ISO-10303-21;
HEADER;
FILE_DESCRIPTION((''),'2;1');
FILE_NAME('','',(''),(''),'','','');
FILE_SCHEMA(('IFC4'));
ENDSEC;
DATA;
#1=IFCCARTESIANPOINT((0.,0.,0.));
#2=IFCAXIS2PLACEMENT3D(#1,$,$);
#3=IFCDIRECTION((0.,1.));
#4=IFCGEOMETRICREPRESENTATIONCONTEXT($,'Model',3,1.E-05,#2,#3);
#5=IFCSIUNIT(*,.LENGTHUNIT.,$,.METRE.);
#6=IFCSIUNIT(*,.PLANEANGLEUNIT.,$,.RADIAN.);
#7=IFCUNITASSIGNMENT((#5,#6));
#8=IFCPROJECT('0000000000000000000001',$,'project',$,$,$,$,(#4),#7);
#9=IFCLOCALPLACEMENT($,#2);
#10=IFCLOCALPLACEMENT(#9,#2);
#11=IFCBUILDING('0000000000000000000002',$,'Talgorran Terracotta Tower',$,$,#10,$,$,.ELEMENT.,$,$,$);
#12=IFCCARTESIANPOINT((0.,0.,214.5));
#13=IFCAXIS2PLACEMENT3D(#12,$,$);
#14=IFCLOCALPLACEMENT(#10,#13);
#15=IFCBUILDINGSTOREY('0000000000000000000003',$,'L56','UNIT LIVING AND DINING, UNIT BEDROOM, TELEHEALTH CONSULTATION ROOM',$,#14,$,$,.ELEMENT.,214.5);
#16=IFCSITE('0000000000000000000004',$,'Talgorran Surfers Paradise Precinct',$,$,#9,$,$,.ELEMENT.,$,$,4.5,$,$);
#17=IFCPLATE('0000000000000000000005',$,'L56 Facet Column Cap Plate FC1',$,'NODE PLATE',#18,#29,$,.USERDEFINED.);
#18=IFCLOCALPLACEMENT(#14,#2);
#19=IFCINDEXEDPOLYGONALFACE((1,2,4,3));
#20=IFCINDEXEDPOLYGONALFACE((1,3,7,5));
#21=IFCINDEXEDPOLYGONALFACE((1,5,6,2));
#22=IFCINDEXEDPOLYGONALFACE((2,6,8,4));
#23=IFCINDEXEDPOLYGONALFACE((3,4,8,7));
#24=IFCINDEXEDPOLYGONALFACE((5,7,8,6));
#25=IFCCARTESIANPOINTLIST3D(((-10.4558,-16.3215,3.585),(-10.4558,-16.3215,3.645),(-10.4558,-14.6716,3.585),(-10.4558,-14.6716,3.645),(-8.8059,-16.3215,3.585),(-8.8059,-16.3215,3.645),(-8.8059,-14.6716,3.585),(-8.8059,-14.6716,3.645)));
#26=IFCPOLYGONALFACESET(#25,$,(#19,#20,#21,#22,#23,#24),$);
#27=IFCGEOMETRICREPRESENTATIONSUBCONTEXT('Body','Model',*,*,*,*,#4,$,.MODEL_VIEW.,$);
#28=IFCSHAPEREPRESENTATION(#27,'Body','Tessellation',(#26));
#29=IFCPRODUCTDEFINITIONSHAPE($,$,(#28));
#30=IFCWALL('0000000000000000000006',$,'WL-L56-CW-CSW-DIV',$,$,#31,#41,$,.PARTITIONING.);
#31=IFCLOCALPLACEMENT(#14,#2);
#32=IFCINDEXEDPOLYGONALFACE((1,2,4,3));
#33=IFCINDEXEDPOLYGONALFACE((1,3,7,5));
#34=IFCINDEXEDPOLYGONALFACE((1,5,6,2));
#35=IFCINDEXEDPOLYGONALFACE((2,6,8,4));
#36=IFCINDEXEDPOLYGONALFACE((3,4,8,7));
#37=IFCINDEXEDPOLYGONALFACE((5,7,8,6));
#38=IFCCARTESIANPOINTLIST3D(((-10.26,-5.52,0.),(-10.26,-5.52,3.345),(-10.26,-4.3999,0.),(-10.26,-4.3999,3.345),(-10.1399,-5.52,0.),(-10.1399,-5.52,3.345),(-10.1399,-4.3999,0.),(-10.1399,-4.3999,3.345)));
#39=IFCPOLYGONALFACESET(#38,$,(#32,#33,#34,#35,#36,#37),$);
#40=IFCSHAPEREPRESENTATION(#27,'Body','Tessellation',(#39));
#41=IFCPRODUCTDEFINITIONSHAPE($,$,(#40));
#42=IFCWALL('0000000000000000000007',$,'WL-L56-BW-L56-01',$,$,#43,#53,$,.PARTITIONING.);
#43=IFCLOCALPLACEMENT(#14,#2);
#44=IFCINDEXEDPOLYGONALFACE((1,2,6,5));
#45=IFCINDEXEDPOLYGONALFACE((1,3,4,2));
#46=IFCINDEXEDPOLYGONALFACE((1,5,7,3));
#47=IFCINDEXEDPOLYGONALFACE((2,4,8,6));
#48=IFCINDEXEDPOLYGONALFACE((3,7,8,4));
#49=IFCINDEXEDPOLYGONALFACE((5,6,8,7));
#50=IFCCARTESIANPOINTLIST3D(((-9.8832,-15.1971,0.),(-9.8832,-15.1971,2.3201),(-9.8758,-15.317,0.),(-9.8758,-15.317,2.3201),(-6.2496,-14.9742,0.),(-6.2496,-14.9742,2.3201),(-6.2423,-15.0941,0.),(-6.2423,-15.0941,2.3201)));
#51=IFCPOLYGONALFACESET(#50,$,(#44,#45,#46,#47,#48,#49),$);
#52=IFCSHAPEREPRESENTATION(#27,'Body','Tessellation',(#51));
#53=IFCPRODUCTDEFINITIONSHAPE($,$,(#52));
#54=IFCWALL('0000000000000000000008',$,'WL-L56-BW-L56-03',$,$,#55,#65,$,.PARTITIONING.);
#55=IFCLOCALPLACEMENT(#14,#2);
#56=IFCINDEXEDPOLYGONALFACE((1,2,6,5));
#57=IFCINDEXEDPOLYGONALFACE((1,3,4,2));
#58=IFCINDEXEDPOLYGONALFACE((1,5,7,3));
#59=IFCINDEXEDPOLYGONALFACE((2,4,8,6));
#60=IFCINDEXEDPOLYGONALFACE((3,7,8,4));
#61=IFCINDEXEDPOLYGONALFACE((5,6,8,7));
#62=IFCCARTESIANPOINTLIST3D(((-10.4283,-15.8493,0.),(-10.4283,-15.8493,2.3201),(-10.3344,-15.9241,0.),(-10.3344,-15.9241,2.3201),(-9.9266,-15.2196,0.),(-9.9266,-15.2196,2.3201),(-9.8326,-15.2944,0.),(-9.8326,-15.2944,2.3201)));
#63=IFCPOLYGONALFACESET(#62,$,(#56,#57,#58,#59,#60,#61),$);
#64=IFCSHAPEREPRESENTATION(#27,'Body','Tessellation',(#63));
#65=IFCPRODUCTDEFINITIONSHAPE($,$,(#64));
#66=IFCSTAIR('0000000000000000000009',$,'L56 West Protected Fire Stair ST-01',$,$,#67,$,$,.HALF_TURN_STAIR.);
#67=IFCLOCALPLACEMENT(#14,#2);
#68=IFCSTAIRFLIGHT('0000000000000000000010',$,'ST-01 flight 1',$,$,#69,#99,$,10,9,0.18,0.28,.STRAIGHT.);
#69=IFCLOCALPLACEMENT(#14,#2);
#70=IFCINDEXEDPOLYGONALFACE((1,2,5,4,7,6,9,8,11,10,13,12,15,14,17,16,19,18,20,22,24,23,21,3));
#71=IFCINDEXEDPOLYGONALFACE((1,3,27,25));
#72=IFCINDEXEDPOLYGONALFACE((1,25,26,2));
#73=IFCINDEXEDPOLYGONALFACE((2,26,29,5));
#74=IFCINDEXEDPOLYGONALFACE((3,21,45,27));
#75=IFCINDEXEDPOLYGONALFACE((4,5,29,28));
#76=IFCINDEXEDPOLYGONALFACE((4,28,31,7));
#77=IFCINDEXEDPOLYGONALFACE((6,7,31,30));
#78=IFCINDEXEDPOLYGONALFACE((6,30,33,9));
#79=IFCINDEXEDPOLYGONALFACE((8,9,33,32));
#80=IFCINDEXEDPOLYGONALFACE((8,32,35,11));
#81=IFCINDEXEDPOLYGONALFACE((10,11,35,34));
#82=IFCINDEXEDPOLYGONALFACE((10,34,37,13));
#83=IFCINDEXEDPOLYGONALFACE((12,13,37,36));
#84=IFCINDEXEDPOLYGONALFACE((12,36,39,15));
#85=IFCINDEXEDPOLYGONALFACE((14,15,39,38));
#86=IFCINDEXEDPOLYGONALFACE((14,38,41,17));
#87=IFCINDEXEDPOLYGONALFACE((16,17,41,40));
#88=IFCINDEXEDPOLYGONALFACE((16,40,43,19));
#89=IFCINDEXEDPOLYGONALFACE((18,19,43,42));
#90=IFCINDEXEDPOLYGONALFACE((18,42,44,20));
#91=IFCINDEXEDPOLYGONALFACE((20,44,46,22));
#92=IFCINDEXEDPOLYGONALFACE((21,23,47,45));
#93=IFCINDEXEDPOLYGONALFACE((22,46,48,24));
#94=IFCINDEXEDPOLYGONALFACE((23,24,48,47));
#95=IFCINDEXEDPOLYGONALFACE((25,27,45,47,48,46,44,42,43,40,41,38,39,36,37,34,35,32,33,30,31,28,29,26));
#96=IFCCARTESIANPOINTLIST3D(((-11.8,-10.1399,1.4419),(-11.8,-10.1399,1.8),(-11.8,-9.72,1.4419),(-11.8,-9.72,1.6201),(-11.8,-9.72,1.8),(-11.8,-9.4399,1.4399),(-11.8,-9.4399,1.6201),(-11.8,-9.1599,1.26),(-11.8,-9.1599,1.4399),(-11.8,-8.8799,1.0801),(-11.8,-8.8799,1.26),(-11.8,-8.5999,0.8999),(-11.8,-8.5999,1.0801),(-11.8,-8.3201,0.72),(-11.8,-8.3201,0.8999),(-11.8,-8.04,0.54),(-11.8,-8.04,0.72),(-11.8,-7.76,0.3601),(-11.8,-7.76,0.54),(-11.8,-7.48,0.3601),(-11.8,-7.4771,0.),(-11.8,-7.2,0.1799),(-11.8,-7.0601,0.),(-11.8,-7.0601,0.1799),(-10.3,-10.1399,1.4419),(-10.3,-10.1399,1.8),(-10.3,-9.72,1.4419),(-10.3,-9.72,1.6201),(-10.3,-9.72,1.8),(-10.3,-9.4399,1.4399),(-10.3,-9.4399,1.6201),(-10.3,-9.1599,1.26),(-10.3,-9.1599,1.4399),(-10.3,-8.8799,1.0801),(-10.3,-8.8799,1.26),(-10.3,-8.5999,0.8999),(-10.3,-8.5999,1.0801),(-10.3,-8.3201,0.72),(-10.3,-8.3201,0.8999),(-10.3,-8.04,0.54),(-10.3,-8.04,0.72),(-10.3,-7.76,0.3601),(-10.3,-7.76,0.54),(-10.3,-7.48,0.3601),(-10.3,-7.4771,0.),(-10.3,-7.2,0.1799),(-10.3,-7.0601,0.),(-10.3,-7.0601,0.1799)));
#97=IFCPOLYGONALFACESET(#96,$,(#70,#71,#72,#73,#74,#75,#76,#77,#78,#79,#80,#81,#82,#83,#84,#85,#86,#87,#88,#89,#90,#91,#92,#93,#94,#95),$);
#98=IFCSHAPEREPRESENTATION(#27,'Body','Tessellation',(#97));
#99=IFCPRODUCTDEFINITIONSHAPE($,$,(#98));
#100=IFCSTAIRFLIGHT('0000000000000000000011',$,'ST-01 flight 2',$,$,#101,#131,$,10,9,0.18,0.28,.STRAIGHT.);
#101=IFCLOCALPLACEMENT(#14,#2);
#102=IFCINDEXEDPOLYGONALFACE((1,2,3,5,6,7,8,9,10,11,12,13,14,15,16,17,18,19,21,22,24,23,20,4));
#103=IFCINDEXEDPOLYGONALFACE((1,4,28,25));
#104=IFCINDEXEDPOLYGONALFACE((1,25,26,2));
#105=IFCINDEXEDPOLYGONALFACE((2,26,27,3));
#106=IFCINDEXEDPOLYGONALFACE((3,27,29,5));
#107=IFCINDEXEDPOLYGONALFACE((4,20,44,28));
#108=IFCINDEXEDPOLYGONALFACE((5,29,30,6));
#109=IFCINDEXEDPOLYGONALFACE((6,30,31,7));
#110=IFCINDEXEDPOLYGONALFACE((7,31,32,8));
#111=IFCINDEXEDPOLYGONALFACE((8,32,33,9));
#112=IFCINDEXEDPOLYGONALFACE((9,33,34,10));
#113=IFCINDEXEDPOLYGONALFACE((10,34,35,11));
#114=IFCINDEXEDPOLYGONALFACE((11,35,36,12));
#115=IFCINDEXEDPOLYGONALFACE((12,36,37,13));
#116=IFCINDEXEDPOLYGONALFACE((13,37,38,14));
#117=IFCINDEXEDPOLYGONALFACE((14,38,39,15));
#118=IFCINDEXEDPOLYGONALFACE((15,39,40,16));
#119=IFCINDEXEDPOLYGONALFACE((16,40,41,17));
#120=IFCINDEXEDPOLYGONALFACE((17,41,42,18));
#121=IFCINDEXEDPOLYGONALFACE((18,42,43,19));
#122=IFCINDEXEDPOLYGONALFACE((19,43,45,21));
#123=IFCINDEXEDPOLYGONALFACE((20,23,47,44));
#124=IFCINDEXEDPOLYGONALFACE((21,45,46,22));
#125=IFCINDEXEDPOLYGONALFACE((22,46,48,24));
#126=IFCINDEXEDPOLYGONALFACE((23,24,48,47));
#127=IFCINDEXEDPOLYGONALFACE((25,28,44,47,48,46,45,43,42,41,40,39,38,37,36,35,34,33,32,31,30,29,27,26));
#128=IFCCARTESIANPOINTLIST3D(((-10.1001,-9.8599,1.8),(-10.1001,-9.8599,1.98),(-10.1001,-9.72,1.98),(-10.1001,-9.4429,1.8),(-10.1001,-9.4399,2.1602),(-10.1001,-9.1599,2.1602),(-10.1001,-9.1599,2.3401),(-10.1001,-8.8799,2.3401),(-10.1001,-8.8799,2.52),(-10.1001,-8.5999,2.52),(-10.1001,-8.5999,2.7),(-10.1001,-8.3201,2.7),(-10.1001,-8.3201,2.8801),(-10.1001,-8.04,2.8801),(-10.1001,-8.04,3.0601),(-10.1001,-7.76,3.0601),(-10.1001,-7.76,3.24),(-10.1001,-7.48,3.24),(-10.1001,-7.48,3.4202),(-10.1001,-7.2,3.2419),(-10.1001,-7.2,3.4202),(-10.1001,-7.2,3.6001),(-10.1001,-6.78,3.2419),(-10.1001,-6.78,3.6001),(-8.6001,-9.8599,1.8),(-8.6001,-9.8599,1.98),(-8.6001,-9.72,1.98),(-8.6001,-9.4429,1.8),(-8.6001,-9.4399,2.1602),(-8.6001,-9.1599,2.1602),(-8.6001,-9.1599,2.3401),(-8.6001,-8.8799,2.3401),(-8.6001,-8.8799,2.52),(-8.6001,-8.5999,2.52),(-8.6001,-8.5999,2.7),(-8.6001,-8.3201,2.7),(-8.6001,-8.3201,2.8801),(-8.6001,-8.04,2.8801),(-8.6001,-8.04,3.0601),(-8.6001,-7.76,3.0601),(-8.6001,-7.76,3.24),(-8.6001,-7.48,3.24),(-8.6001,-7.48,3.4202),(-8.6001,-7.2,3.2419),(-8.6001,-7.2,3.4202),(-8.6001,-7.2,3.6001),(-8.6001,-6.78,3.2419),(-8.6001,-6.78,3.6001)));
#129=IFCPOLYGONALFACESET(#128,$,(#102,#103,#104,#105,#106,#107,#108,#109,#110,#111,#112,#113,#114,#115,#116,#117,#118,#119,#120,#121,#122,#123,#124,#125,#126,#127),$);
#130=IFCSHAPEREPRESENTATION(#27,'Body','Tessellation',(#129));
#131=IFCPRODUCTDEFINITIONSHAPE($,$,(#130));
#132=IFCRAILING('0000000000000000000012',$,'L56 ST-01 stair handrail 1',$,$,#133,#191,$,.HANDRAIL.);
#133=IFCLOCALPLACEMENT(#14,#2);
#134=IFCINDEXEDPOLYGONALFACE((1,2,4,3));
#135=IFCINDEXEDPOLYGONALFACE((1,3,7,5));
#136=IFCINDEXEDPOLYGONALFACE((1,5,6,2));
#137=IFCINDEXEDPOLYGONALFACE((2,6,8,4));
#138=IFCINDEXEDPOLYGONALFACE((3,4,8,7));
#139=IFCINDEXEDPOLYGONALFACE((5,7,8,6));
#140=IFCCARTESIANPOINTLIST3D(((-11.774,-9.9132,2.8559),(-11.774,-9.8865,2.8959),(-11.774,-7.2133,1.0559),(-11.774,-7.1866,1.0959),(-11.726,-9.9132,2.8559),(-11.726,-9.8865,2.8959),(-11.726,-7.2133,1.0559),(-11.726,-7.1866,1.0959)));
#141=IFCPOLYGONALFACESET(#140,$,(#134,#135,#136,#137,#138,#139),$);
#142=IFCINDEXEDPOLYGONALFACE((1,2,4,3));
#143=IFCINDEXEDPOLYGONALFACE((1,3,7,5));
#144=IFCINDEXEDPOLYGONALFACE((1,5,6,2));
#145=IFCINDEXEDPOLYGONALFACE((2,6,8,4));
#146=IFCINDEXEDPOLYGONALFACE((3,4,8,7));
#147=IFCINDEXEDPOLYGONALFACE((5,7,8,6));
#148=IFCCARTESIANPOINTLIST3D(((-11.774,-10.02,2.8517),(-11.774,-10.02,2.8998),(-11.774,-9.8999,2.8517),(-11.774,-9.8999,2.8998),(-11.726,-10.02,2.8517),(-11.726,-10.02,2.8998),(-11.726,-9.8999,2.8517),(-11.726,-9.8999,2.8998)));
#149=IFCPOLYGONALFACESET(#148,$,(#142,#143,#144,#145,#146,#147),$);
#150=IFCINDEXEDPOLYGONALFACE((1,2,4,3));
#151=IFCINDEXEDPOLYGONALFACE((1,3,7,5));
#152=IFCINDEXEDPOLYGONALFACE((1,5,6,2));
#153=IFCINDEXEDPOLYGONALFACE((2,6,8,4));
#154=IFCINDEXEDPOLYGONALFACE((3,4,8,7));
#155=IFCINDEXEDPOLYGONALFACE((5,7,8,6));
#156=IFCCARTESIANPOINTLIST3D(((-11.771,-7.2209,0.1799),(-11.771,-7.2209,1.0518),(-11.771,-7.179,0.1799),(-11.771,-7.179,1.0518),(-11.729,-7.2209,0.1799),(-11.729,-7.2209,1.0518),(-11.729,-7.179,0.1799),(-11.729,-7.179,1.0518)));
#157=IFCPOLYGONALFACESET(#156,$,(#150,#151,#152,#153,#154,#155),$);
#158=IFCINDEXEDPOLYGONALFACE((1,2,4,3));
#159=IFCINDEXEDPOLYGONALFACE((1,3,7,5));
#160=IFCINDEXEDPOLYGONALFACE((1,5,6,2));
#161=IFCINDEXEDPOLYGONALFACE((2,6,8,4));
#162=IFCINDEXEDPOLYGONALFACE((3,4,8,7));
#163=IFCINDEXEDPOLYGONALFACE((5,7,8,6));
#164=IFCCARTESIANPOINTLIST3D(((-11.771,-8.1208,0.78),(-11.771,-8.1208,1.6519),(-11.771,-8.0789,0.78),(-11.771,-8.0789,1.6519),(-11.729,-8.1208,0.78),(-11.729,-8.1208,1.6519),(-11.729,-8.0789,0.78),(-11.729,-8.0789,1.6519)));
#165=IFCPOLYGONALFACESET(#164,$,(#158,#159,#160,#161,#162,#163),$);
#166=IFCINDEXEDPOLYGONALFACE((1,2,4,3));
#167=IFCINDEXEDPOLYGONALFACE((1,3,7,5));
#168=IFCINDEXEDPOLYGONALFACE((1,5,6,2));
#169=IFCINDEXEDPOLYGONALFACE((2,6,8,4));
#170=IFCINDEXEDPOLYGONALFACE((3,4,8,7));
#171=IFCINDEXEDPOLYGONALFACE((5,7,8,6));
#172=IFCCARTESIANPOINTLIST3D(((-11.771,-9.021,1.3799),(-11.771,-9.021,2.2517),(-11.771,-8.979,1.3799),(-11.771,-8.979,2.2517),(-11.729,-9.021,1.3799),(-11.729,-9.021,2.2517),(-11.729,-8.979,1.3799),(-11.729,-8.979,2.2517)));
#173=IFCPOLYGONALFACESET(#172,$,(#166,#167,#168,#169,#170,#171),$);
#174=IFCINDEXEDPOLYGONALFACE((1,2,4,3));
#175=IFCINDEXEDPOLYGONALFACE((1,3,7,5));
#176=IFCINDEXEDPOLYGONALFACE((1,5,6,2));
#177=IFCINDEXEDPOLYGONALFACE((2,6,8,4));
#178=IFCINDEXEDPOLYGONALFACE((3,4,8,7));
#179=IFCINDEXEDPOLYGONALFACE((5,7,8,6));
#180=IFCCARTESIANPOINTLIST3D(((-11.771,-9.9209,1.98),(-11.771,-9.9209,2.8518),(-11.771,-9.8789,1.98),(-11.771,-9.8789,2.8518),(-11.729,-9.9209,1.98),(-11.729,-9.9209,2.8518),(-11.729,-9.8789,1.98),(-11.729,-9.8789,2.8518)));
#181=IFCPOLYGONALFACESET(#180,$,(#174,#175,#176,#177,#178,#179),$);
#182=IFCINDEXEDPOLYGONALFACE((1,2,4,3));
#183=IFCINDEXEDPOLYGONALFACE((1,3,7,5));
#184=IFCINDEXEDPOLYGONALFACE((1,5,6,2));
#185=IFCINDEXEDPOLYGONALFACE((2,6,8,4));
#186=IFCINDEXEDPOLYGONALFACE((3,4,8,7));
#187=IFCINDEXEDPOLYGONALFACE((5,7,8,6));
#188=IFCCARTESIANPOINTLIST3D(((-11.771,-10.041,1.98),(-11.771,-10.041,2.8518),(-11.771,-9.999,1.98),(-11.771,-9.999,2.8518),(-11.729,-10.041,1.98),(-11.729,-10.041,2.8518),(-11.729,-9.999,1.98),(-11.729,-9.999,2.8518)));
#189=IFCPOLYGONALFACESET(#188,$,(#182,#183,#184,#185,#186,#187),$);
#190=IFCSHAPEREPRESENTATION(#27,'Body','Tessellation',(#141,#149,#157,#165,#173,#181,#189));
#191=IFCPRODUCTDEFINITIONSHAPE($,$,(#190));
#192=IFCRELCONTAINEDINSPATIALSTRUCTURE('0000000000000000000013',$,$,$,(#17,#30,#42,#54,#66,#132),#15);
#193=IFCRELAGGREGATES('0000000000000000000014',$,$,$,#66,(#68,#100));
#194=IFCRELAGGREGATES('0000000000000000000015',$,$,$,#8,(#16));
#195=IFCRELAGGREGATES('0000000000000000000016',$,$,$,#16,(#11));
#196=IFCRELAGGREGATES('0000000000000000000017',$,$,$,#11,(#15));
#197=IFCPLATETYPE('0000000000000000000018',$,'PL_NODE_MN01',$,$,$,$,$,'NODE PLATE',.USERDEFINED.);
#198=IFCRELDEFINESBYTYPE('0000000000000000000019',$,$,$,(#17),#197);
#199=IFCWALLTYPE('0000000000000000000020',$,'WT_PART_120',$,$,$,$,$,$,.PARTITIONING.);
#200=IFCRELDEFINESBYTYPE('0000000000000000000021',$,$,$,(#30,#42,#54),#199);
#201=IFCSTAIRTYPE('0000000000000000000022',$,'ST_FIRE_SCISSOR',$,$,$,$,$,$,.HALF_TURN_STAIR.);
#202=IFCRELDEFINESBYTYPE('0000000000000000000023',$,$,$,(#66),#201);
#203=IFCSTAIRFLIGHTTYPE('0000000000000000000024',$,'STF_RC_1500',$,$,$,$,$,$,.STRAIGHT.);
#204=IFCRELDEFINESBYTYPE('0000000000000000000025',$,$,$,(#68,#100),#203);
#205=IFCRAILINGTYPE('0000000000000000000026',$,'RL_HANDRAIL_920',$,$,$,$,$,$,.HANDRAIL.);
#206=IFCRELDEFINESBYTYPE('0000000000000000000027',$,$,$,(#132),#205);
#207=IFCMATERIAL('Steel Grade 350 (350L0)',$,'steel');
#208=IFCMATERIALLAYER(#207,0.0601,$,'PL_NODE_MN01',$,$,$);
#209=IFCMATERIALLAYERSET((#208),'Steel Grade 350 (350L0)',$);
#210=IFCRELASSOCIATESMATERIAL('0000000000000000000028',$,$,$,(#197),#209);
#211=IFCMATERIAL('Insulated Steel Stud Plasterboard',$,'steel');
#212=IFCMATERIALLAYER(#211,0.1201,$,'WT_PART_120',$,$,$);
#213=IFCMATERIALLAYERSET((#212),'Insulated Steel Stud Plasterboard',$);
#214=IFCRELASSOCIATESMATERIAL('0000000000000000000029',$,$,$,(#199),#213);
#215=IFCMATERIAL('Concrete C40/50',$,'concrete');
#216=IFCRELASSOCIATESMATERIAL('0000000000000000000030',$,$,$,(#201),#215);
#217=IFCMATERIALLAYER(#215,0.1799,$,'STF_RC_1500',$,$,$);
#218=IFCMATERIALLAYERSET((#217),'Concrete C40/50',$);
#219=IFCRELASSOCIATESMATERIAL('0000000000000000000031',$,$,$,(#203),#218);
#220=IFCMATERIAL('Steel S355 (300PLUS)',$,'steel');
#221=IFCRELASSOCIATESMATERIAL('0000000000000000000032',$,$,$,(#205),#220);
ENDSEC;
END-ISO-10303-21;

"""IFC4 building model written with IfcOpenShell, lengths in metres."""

from ifc_helpers import new_model, si_unit, direction, frame, frame_2d, origin, origin_2d, place, context, subcontext, project, spatial, polyline, rectangle, outline, extrude, material, layer, layer_set, type_object, element, aggregate, save


model = new_model("IFC4")

# Units and contexts
model_context = context("Model", 3, precision=1e-05, world=origin(), true_north=direction((0.0, 1.0)))
body_context = subcontext(model_context, "Body", "Model", "MODEL_VIEW")
ifc_project = project(units=[si_unit("LENGTHUNIT", "METRE"), si_unit("PLANEANGLEUNIT", "RADIAN")], contexts=[model_context])

# Site, building, storey
site_placement = place(None, origin())
site = spatial("IfcSite", under=ifc_project, at=site_placement, Name="Talgorran Surfers Paradise Precinct", CompositionType="ELEMENT", RefElevation=4.5)
building_placement = place(site_placement, origin())
building = spatial("IfcBuilding", under=site, at=building_placement, Name="Talgorran Terracotta Tower", CompositionType="ELEMENT")
storey_placement = place(building_placement, frame((0.0, 0.0, 214.5)))
storey = spatial("IfcBuildingStorey", under=building, at=storey_placement, Name="L56", Description="UNIT LIVING AND DINING, UNIT BEDROOM, TELEHEALTH CONSULTATION ROOM", CompositionType="ELEMENT", Elevation=214.5)

# Shared definitions
ifc_material_1 = material(Name="Steel Grade 350 (350L0)", Category="steel")

# Shared definitions
ifc_material_2 = material(Name="Steel S355 (300PLUS)", Category="steel")

# Plate
ifc_layer_1 = layer(ifc_material_1, 0.0601, Name="PL_NODE_MN01")
ifc_layer_set_1 = layer_set([ifc_layer_1], Name="Steel Grade 350 (350L0)")
plate_type_1 = type_object("IfcPlateType", Name="PL_NODE_MN01", ElementType="NODE PLATE", PredefinedType="USERDEFINED", material=ifc_layer_set_1)
plate_1_placement = place(storey_placement, frame((-9.6309, -15.4966, 3.585), z_axis=(0.0, 0.0, 1.0), x_axis=(1.0, 0.0, 0.0)))
element("IfcPlate", 1, at=plate_1_placement, inside=storey, type_object=plate_type_1, Name="L56 Facet Column Cap Plate FC1", ObjectType="NODE PLATE", PredefinedType="USERDEFINED", context=body_context, shape_type="SweptSolid", body=[
    extrude(rectangle(XDim=1.6499, YDim=1.6499, at=origin_2d()), origin(), (0.0, 0.0, 1.0), 0.0601),
])

# Walls
ifc_material_3 = material(Name="Insulated Steel Stud Plasterboard", Category="steel")
ifc_layer_2 = layer(ifc_material_3, 0.1201, Name="WT_PART_120")
ifc_layer_set_2 = layer_set([ifc_layer_2], Name="Insulated Steel Stud Plasterboard")
wall_type = type_object("IfcWallType", Name="WT_PART_120", PredefinedType="PARTITIONING", material=ifc_layer_set_2)
wall_1_placement = place(storey_placement, frame((-10.2, -5.52, 0.0), z_axis=(0.0, 0.0, 1.0), x_axis=(0.0, 1.0, 0.0)))
element("IfcWall", 2, at=wall_1_placement, inside=storey, type_object=wall_type, Name="WL-L56-CW-CSW-DIV", PredefinedType="PARTITIONING", context=body_context, shape_type="SweptSolid", body=[
    extrude(rectangle(XDim=1.1201, YDim=0.1201, at=frame_2d((0.5601, 0.0))), origin(), (0.0, 0.0, 1.0), 3.345),
])
wall_2_placement = place(storey_placement, frame((-9.8796, -15.2571, 0.0), z_axis=(0.0, 0.0, 1.0), x_axis=(0.998124, 0.06123, 0.0)))
element("IfcWall", 3, at=wall_2_placement, inside=storey, type_object=wall_type, Name="WL-L56-BW-L56-01", PredefinedType="PARTITIONING", context=body_context, shape_type="SweptSolid", body=[
    extrude(rectangle(XDim=3.6404, YDim=0.1201, at=frame_2d((1.8203, 0.0))), origin(), (0.0, 0.0, 1.0), 2.3201),
])
wall_3_placement = place(storey_placement, frame((-10.3813, -15.8867, 0.0), z_axis=(0.0, 0.0, 1.0), x_axis=(0.623178, 0.78208, 0.0)))
element("IfcWall", 4, at=wall_3_placement, inside=storey, type_object=wall_type, Name="WL-L56-BW-L56-03", PredefinedType="PARTITIONING", context=body_context, shape_type="SweptSolid", body=[
    extrude(rectangle(XDim=0.8052, YDim=0.1201, at=frame_2d((0.4026, 0.0))), origin(), (0.0, 0.0, 1.0), 2.3201),
])

# Stair, stair flights
ifc_material_4 = material(Name="Concrete C40/50", Category="concrete")
stair_type = type_object("IfcStairType", Name="ST_FIRE_SCISSOR", PredefinedType="HALF_TURN_STAIR", material=ifc_material_4)
stair_placement = place(storey_placement, origin())
stair = element("IfcStair", 5, at=stair_placement, inside=storey, type_object=stair_type, Name="L56 West Protected Fire Stair ST-01", PredefinedType="HALF_TURN_STAIR")
ifc_layer_3 = layer(ifc_material_4, 0.1799, Name="STF_RC_1500")
ifc_layer_set_3 = layer_set([ifc_layer_3], Name="Concrete C40/50")
stair_flight_type = type_object("IfcStairFlightType", Name="STF_RC_1500", PredefinedType="STRAIGHT", material=ifc_layer_set_3)
stair_flight_1_placement = place(storey_placement, frame((-11.05, -7.2, 0.0), z_axis=(0.0, 0.0, 1.0), x_axis=(0.0, -1.0, 0.0)))
stair_flight_1 = element("IfcStairFlight", 6, at=stair_flight_1_placement, type_object=stair_flight_type, Name="ST-01 flight 1", NumberOfRisers=10, NumberOfTreads=9, PredefinedType="STRAIGHT", RiserHeight=0.18, TreadLength=0.28, context=body_context, shape_type="SweptSolid", body=[
    extrude(outline(polyline([(-0.1399, 0.0), (-0.1399, 0.1799), (0.0, 0.1799), (0.28, 0.3601), (0.5601, 0.3601), (0.5601, 0.54), (0.8401, 0.54), (0.8401, 0.72), (1.1201, 0.72), (1.1201, 0.8999), (1.3999, 0.8999), (1.3999, 1.0801), (1.6799, 1.0801), (1.6799, 1.26), (1.96, 1.26), (1.96, 1.4399), (2.24, 1.4399), (2.24, 1.6201), (2.52, 1.6201), (2.52, 1.8), (2.9399, 1.8), (2.9399, 1.4419), (2.52, 1.4419), (0.2771, 0.0), (-0.1399, 0.0)])), frame((0.0, 0.75, 0.0), z_axis=(0.0, -1.0, 0.0), x_axis=(1.0, 0.0, 0.0)), (0.0, 0.0, 1.0), 1.5),
])
stair_flight_2_placement = place(storey_placement, frame((-9.3501, -9.72, 1.8), z_axis=(0.0, 0.0, 1.0), x_axis=(0.0, 1.0, 0.0)))
stair_flight_2 = element("IfcStairFlight", 7, at=stair_flight_2_placement, type_object=stair_flight_type, Name="ST-01 flight 2", NumberOfRisers=10, NumberOfTreads=9, PredefinedType="STRAIGHT", RiserHeight=0.18, TreadLength=0.28, context=body_context, shape_type="SweptSolid", body=[
    extrude(outline(polyline([(-0.1399, 0.0), (-0.1399, 0.1799), (0.0, 0.1799), (0.28, 0.3601), (0.5601, 0.3601), (0.5601, 0.54), (0.8401, 0.54), (0.8401, 0.72), (1.1201, 0.72), (1.1201, 0.8999), (1.3999, 0.8999), (1.3999, 1.0801), (1.6799, 1.0801), (1.6799, 1.26), (1.96, 1.26), (1.96, 1.4399), (2.24, 1.4399), (2.24, 1.6201), (2.52, 1.6201), (2.52, 1.8), (2.9399, 1.8), (2.9399, 1.4419), (2.52, 1.4419), (0.2771, 0.0), (-0.1399, 0.0)])), frame((0.0, 0.75, 0.0), z_axis=(0.0, -1.0, 0.0), x_axis=(1.0, 0.0, 0.0)), (0.0, 0.0, 1.0), 1.5),
])
aggregate(stair, [stair_flight_1, stair_flight_2])

# Railing
railing_type_1 = type_object("IfcRailingType", Name="RL_HANDRAIL_920", PredefinedType="HANDRAIL", material=ifc_material_2)
railing_1_placement = place(storey_placement, frame((-11.75, -7.2, 0.1799)))
element("IfcRailing", 8, at=railing_1_placement, inside=storey, type_object=railing_type_1, Name="L56 ST-01 stair handrail 1", PredefinedType="HANDRAIL", context=body_context, shape_type="SweptSolid", body=[
    extrude(rectangle(XDim=0.0481, YDim=0.0481, at=origin_2d()), frame((0.0, 0.0, 0.896), z_axis=(0.0, -0.832039, 0.554718), x_axis=(1.0, 0.0, 0.0)), (0.0, 0.0, 1.0), 3.2449),
    extrude(rectangle(XDim=0.0481, YDim=0.0481, at=origin_2d()), frame((0.0, -2.7, 2.6958), z_axis=(0.0, -1.0, 0.0), x_axis=(1.0, 0.0, 0.0)), (0.0, 0.0, 1.0), 0.1201),
    extrude(rectangle(XDim=0.042, YDim=0.042, at=origin_2d()), origin(), (0.0, 0.0, 1.0), 0.8718),
    extrude(rectangle(XDim=0.042, YDim=0.042, at=origin_2d()), frame((0.0, -0.8999, 0.6001)), (0.0, 0.0, 1.0), 0.8718),
    extrude(rectangle(XDim=0.042, YDim=0.042, at=origin_2d()), frame((0.0, -1.8, 1.2)), (0.0, 0.0, 1.0), 0.8718),
    extrude(rectangle(XDim=0.042, YDim=0.042, at=origin_2d()), frame((0.0, -2.7, 1.8)), (0.0, 0.0, 1.0), 0.8718),
    extrude(rectangle(XDim=0.042, YDim=0.042, at=origin_2d()), frame((0.0, -2.8201, 1.8)), (0.0, 0.0, 1.0), 0.8718),
])

save(model, "model.ifc")
